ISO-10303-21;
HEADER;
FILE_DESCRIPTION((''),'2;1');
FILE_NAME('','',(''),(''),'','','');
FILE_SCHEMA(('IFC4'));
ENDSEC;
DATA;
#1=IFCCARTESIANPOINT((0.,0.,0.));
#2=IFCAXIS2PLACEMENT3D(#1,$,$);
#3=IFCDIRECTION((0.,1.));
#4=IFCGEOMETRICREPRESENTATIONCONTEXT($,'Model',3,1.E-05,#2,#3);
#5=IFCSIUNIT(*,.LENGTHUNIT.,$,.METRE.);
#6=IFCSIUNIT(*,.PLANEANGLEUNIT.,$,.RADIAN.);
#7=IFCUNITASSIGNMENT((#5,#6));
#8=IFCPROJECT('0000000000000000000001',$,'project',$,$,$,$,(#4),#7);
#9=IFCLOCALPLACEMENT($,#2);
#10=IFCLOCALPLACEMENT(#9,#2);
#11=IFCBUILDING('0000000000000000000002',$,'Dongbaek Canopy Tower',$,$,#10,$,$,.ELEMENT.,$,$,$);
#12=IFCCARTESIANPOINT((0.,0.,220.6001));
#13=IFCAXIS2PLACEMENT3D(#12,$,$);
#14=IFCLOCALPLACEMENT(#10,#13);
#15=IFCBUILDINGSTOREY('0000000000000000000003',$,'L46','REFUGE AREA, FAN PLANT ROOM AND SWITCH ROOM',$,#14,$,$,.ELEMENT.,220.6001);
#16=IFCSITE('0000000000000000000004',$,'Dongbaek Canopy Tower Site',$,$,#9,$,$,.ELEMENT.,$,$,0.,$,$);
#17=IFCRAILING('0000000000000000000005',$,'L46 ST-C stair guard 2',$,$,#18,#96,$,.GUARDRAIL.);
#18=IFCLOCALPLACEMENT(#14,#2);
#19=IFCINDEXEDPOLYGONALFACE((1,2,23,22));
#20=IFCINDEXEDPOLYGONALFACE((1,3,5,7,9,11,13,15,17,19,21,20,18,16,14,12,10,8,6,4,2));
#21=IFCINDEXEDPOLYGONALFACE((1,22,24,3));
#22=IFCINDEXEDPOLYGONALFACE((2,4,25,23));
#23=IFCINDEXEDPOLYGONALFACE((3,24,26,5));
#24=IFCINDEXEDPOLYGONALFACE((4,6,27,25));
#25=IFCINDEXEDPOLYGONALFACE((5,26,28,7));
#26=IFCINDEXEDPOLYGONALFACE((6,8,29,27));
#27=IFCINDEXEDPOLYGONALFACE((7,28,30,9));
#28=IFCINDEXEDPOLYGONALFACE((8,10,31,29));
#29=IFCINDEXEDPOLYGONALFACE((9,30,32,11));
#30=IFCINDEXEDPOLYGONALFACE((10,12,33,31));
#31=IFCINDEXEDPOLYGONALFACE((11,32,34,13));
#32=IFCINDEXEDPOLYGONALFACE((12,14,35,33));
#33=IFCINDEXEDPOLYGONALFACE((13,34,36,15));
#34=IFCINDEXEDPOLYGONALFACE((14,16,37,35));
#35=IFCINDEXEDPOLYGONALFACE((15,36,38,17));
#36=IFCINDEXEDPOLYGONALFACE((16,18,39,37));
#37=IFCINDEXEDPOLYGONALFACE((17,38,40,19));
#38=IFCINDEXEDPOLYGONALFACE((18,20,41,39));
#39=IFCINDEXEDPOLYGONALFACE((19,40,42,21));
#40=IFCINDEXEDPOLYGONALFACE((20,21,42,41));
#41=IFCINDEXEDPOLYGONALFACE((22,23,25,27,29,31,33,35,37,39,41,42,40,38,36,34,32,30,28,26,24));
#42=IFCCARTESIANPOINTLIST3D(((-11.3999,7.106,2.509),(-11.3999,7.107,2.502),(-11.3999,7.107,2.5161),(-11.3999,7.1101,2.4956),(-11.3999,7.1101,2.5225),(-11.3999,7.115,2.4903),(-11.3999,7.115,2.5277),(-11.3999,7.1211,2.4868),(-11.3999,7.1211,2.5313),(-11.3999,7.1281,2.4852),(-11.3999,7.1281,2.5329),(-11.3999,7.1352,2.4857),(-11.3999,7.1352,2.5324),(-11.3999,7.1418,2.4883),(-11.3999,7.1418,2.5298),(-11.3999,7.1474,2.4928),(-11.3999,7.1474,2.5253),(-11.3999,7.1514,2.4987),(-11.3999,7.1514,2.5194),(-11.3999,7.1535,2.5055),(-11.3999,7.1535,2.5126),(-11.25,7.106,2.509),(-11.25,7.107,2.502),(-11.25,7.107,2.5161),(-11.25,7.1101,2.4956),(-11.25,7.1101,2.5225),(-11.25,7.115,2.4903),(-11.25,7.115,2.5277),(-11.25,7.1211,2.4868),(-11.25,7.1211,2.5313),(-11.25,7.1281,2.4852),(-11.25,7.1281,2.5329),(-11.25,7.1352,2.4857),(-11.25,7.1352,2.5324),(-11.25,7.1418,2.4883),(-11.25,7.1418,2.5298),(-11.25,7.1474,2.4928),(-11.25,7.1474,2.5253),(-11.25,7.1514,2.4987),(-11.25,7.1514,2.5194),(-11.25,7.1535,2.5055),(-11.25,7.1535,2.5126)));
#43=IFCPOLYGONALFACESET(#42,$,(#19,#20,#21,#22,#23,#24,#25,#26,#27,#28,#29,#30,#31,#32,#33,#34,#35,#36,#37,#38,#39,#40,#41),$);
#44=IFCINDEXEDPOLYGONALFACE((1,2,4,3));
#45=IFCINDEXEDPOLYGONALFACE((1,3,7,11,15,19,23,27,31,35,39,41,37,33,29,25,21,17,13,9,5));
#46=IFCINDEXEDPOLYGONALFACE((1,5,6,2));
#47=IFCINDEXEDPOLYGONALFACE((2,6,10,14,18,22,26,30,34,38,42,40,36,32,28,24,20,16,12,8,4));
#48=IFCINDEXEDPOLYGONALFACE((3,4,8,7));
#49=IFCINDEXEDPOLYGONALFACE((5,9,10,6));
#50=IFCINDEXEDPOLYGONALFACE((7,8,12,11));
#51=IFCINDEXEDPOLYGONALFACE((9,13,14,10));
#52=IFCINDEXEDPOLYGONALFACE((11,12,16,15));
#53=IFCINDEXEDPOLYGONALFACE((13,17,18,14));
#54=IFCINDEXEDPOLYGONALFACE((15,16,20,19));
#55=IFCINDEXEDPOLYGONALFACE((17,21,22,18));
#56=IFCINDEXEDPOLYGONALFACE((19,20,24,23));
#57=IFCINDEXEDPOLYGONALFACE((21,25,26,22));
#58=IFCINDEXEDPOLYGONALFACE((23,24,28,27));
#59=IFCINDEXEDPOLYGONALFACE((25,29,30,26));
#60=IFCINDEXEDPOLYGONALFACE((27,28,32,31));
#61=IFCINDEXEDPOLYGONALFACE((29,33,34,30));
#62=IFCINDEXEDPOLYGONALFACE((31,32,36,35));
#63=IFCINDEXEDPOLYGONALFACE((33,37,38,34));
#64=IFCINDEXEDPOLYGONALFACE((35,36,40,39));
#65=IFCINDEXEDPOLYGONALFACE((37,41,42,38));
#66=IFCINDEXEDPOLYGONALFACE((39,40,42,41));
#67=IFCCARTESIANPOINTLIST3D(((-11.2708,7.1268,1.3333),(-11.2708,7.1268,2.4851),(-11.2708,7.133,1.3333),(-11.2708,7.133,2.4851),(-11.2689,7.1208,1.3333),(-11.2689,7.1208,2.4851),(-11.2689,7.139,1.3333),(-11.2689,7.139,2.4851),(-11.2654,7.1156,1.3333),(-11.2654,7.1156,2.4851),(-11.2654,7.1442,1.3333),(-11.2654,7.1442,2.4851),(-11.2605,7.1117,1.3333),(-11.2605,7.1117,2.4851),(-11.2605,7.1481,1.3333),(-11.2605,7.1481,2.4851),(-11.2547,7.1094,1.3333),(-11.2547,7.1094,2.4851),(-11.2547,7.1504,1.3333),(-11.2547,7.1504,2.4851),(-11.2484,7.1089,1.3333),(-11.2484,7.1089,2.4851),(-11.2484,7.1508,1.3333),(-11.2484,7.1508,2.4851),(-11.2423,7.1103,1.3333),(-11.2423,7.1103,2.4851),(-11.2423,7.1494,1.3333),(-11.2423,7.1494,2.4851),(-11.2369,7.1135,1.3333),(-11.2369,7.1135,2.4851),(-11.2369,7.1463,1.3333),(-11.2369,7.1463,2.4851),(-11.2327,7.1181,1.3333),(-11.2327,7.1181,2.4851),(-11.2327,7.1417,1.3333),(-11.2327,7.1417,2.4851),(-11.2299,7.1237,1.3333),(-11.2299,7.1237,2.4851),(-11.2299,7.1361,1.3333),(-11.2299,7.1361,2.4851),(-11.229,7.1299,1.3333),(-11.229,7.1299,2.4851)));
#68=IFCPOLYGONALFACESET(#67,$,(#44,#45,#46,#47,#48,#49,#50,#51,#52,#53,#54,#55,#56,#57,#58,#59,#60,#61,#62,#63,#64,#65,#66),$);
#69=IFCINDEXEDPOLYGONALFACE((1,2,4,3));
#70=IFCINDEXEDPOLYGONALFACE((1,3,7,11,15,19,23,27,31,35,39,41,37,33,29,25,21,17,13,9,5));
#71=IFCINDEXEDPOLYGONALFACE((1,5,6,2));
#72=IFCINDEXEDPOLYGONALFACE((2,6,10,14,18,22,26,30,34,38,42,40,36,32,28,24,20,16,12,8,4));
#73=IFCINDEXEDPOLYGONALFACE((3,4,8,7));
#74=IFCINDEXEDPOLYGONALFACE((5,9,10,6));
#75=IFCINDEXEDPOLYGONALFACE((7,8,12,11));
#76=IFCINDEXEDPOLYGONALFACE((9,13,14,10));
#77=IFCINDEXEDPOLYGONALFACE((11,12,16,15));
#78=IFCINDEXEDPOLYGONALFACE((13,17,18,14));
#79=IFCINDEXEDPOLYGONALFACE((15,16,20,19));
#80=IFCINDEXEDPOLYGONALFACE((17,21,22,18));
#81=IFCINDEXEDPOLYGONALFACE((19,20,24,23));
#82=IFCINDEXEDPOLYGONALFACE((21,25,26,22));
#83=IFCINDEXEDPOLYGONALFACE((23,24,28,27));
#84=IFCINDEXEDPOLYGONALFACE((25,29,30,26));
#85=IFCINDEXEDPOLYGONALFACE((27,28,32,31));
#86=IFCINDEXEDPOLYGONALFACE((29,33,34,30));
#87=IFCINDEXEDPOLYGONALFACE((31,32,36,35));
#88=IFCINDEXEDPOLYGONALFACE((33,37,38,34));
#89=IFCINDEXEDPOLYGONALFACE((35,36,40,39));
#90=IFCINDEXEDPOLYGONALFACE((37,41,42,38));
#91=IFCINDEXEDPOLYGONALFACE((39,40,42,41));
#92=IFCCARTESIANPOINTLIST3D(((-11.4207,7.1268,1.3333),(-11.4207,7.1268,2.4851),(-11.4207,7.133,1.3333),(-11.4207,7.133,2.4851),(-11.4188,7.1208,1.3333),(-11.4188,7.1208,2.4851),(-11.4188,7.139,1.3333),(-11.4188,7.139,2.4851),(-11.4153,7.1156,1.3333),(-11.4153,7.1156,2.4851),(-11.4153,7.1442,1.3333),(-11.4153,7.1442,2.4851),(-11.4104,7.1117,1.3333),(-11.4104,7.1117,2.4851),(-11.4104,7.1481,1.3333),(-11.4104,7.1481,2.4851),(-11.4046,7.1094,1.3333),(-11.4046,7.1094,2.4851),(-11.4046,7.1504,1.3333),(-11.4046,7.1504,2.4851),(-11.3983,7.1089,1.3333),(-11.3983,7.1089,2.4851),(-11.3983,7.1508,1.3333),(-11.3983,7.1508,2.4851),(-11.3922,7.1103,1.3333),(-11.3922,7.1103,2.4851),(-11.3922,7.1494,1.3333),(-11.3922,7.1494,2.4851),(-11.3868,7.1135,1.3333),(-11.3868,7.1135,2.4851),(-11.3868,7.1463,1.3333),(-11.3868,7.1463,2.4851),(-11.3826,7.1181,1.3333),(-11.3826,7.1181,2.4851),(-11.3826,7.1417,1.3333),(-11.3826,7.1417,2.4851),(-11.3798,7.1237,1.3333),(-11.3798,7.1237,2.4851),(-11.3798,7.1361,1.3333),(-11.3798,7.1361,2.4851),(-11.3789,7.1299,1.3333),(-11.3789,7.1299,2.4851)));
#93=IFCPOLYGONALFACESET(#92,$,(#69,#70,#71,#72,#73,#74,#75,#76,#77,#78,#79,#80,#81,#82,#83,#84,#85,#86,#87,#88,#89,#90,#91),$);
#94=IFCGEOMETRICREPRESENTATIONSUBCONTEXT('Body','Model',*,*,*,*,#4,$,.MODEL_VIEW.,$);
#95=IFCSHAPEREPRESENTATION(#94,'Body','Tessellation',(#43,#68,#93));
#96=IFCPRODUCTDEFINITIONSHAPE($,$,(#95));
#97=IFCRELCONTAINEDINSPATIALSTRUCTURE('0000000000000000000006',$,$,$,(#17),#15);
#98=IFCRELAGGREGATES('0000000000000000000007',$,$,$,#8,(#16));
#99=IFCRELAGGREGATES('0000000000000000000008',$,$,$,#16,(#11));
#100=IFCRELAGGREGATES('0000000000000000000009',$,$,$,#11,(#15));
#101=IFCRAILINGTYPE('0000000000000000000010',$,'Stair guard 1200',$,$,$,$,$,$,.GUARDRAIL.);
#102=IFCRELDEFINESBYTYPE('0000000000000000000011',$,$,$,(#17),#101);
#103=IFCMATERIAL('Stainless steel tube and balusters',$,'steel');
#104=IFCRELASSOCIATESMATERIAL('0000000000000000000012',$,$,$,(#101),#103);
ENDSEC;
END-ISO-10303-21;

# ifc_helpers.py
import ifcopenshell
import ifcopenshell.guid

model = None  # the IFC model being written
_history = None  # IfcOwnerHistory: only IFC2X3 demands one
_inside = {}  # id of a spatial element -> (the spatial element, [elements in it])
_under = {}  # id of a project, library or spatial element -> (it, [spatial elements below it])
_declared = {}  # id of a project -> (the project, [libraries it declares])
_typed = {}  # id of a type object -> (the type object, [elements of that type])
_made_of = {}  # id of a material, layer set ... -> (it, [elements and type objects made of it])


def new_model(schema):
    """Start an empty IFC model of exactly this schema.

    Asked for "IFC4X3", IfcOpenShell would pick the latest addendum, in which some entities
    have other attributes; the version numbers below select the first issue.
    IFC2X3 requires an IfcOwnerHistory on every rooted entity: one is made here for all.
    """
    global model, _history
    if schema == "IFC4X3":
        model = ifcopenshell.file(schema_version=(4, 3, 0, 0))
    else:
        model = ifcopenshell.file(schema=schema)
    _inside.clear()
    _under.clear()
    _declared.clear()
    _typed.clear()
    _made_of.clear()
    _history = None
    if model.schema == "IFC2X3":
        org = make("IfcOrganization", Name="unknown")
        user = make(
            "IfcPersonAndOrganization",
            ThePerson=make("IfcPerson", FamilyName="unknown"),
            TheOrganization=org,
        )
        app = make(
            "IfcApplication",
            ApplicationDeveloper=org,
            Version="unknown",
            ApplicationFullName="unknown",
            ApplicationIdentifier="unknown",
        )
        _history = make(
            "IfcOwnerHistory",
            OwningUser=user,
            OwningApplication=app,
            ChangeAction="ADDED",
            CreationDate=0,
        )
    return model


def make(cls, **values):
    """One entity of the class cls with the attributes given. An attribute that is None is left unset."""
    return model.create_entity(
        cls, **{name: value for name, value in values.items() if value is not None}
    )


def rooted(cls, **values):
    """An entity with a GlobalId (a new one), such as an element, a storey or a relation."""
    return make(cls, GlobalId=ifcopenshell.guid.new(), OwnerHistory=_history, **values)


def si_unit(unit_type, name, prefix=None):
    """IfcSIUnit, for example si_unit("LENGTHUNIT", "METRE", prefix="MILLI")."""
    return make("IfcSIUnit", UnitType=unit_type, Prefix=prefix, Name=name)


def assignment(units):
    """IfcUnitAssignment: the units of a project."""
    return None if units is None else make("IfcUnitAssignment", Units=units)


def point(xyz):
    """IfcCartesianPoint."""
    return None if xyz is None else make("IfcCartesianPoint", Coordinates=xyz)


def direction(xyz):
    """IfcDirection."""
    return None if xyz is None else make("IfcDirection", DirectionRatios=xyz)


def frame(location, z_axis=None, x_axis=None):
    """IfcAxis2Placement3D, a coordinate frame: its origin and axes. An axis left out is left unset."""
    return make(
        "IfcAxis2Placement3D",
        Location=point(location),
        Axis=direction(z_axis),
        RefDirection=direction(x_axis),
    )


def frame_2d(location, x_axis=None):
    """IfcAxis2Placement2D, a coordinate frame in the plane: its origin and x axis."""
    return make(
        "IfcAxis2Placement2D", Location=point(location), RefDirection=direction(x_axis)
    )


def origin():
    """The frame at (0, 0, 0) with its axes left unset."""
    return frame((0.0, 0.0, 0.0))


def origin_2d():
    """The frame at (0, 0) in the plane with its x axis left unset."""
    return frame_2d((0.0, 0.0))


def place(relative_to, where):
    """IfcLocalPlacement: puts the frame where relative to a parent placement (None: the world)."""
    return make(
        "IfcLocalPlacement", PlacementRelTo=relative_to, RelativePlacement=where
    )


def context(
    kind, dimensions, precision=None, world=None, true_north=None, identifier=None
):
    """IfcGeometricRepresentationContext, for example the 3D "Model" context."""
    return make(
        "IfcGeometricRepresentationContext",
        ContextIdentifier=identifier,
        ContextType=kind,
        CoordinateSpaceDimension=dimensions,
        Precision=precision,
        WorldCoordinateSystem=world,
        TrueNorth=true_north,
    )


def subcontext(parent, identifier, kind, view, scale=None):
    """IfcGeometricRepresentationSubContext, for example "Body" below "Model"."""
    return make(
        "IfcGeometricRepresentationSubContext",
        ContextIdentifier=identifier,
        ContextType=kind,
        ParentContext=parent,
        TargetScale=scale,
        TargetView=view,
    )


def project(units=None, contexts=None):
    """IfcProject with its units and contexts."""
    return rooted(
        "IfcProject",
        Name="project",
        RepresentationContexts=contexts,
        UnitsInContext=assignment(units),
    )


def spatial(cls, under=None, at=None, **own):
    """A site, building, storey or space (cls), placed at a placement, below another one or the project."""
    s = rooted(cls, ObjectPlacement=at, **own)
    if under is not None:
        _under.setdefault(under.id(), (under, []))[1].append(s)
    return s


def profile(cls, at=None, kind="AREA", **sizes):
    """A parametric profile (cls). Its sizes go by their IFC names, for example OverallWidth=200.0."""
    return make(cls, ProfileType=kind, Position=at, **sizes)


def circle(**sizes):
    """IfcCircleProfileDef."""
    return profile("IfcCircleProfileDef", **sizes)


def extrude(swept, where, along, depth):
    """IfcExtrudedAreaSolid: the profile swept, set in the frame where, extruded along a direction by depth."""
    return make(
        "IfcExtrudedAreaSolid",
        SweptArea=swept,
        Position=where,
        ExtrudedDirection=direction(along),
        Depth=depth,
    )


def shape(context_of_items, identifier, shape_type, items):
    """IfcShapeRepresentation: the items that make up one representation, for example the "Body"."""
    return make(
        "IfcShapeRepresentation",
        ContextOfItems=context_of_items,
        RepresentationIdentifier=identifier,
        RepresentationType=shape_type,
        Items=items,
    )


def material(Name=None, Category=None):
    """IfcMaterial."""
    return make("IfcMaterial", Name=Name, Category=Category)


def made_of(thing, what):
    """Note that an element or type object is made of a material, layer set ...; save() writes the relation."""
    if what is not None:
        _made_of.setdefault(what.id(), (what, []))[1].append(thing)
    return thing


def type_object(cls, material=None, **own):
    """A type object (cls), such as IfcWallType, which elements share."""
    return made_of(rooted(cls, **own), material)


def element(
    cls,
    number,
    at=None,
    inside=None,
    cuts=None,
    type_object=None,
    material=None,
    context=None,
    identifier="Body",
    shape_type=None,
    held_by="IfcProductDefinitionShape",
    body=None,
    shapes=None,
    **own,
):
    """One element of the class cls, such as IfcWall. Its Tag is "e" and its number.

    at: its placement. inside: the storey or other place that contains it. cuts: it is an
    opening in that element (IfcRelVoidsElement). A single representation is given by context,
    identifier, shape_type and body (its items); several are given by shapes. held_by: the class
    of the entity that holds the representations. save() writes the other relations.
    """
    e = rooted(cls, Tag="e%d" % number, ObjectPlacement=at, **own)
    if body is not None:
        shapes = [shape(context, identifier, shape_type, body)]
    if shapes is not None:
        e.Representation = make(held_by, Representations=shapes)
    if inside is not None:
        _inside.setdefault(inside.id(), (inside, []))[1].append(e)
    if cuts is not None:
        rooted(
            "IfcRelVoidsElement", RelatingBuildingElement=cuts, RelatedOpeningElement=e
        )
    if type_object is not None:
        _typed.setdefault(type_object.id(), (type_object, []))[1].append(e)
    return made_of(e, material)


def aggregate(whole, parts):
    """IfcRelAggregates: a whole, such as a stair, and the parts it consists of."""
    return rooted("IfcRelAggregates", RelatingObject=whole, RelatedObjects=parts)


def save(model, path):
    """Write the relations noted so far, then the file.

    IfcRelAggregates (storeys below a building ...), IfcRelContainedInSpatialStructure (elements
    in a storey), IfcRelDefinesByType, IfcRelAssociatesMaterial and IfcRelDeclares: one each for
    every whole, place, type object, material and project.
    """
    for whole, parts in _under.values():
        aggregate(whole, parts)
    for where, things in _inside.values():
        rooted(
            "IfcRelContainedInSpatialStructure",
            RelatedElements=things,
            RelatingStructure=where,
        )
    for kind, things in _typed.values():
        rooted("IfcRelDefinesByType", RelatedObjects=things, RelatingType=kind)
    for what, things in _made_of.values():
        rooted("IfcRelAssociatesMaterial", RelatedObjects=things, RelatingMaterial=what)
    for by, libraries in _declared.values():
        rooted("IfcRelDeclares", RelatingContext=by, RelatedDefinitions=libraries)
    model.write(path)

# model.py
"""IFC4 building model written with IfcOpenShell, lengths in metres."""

from ifc_helpers import new_model, si_unit, direction, frame, origin, origin_2d, place, context, subcontext, project, spatial, circle, extrude, material, type_object, element, save


model = new_model("IFC4")

# Units and contexts
model_context = context("Model", 3, precision=1e-05, world=origin(), true_north=direction((0.0, 1.0)))
body_context = subcontext(model_context, "Body", "Model", "MODEL_VIEW")
ifc_project = project(units=[si_unit("LENGTHUNIT", "METRE"), si_unit("PLANEANGLEUNIT", "RADIAN")], contexts=[model_context])

# Site, building, storey
site_placement = place(None, origin())
site = spatial("IfcSite", under=ifc_project, at=site_placement, Name="Dongbaek Canopy Tower Site", CompositionType="ELEMENT", RefElevation=0.0)
building_placement = place(site_placement, origin())
building = spatial("IfcBuilding", under=site, at=building_placement, Name="Dongbaek Canopy Tower", CompositionType="ELEMENT")
storey_placement = place(building_placement, frame((0.0, 0.0, 220.6001)))
storey = spatial("IfcBuildingStorey", under=building, at=storey_placement, Name="L46", Description="REFUGE AREA, FAN PLANT ROOM AND SWITCH ROOM", CompositionType="ELEMENT", Elevation=220.6001)

# Railing
ifc_material_1 = material(Name="Stainless steel tube and balusters", Category="steel")
railing_type_1 = type_object("IfcRailingType", Name="Stair guard 1200", PredefinedType="GUARDRAIL", material=ifc_material_1)
railing_1_placement = place(storey_placement, frame((-11.25, 7.1299, 1.3333)))
element("IfcRailing", 1, at=railing_1_placement, inside=storey, type_object=railing_type_1, Name="L46 ST-C stair guard 2", PredefinedType="GUARDRAIL", context=body_context, shape_type="SweptSolid", body=[
    extrude(circle(Radius=0.0239, at=origin_2d()), frame((0.0, 0.0, 1.1758), z_axis=(-1.0, 0.0, 0.0), x_axis=(0.0, -1.0, 0.0)), (0.0, 0.0, 1.0), 0.1499),
    extrude(circle(Radius=0.021, at=origin_2d()), origin(), (0.0, 0.0, 1.0), 1.1519),
    extrude(circle(Radius=0.021, at=origin_2d()), frame((-0.1499, 0.0, 0.0)), (0.0, 0.0, 1.0), 1.1519),
])

save(model, "model.ifc")
